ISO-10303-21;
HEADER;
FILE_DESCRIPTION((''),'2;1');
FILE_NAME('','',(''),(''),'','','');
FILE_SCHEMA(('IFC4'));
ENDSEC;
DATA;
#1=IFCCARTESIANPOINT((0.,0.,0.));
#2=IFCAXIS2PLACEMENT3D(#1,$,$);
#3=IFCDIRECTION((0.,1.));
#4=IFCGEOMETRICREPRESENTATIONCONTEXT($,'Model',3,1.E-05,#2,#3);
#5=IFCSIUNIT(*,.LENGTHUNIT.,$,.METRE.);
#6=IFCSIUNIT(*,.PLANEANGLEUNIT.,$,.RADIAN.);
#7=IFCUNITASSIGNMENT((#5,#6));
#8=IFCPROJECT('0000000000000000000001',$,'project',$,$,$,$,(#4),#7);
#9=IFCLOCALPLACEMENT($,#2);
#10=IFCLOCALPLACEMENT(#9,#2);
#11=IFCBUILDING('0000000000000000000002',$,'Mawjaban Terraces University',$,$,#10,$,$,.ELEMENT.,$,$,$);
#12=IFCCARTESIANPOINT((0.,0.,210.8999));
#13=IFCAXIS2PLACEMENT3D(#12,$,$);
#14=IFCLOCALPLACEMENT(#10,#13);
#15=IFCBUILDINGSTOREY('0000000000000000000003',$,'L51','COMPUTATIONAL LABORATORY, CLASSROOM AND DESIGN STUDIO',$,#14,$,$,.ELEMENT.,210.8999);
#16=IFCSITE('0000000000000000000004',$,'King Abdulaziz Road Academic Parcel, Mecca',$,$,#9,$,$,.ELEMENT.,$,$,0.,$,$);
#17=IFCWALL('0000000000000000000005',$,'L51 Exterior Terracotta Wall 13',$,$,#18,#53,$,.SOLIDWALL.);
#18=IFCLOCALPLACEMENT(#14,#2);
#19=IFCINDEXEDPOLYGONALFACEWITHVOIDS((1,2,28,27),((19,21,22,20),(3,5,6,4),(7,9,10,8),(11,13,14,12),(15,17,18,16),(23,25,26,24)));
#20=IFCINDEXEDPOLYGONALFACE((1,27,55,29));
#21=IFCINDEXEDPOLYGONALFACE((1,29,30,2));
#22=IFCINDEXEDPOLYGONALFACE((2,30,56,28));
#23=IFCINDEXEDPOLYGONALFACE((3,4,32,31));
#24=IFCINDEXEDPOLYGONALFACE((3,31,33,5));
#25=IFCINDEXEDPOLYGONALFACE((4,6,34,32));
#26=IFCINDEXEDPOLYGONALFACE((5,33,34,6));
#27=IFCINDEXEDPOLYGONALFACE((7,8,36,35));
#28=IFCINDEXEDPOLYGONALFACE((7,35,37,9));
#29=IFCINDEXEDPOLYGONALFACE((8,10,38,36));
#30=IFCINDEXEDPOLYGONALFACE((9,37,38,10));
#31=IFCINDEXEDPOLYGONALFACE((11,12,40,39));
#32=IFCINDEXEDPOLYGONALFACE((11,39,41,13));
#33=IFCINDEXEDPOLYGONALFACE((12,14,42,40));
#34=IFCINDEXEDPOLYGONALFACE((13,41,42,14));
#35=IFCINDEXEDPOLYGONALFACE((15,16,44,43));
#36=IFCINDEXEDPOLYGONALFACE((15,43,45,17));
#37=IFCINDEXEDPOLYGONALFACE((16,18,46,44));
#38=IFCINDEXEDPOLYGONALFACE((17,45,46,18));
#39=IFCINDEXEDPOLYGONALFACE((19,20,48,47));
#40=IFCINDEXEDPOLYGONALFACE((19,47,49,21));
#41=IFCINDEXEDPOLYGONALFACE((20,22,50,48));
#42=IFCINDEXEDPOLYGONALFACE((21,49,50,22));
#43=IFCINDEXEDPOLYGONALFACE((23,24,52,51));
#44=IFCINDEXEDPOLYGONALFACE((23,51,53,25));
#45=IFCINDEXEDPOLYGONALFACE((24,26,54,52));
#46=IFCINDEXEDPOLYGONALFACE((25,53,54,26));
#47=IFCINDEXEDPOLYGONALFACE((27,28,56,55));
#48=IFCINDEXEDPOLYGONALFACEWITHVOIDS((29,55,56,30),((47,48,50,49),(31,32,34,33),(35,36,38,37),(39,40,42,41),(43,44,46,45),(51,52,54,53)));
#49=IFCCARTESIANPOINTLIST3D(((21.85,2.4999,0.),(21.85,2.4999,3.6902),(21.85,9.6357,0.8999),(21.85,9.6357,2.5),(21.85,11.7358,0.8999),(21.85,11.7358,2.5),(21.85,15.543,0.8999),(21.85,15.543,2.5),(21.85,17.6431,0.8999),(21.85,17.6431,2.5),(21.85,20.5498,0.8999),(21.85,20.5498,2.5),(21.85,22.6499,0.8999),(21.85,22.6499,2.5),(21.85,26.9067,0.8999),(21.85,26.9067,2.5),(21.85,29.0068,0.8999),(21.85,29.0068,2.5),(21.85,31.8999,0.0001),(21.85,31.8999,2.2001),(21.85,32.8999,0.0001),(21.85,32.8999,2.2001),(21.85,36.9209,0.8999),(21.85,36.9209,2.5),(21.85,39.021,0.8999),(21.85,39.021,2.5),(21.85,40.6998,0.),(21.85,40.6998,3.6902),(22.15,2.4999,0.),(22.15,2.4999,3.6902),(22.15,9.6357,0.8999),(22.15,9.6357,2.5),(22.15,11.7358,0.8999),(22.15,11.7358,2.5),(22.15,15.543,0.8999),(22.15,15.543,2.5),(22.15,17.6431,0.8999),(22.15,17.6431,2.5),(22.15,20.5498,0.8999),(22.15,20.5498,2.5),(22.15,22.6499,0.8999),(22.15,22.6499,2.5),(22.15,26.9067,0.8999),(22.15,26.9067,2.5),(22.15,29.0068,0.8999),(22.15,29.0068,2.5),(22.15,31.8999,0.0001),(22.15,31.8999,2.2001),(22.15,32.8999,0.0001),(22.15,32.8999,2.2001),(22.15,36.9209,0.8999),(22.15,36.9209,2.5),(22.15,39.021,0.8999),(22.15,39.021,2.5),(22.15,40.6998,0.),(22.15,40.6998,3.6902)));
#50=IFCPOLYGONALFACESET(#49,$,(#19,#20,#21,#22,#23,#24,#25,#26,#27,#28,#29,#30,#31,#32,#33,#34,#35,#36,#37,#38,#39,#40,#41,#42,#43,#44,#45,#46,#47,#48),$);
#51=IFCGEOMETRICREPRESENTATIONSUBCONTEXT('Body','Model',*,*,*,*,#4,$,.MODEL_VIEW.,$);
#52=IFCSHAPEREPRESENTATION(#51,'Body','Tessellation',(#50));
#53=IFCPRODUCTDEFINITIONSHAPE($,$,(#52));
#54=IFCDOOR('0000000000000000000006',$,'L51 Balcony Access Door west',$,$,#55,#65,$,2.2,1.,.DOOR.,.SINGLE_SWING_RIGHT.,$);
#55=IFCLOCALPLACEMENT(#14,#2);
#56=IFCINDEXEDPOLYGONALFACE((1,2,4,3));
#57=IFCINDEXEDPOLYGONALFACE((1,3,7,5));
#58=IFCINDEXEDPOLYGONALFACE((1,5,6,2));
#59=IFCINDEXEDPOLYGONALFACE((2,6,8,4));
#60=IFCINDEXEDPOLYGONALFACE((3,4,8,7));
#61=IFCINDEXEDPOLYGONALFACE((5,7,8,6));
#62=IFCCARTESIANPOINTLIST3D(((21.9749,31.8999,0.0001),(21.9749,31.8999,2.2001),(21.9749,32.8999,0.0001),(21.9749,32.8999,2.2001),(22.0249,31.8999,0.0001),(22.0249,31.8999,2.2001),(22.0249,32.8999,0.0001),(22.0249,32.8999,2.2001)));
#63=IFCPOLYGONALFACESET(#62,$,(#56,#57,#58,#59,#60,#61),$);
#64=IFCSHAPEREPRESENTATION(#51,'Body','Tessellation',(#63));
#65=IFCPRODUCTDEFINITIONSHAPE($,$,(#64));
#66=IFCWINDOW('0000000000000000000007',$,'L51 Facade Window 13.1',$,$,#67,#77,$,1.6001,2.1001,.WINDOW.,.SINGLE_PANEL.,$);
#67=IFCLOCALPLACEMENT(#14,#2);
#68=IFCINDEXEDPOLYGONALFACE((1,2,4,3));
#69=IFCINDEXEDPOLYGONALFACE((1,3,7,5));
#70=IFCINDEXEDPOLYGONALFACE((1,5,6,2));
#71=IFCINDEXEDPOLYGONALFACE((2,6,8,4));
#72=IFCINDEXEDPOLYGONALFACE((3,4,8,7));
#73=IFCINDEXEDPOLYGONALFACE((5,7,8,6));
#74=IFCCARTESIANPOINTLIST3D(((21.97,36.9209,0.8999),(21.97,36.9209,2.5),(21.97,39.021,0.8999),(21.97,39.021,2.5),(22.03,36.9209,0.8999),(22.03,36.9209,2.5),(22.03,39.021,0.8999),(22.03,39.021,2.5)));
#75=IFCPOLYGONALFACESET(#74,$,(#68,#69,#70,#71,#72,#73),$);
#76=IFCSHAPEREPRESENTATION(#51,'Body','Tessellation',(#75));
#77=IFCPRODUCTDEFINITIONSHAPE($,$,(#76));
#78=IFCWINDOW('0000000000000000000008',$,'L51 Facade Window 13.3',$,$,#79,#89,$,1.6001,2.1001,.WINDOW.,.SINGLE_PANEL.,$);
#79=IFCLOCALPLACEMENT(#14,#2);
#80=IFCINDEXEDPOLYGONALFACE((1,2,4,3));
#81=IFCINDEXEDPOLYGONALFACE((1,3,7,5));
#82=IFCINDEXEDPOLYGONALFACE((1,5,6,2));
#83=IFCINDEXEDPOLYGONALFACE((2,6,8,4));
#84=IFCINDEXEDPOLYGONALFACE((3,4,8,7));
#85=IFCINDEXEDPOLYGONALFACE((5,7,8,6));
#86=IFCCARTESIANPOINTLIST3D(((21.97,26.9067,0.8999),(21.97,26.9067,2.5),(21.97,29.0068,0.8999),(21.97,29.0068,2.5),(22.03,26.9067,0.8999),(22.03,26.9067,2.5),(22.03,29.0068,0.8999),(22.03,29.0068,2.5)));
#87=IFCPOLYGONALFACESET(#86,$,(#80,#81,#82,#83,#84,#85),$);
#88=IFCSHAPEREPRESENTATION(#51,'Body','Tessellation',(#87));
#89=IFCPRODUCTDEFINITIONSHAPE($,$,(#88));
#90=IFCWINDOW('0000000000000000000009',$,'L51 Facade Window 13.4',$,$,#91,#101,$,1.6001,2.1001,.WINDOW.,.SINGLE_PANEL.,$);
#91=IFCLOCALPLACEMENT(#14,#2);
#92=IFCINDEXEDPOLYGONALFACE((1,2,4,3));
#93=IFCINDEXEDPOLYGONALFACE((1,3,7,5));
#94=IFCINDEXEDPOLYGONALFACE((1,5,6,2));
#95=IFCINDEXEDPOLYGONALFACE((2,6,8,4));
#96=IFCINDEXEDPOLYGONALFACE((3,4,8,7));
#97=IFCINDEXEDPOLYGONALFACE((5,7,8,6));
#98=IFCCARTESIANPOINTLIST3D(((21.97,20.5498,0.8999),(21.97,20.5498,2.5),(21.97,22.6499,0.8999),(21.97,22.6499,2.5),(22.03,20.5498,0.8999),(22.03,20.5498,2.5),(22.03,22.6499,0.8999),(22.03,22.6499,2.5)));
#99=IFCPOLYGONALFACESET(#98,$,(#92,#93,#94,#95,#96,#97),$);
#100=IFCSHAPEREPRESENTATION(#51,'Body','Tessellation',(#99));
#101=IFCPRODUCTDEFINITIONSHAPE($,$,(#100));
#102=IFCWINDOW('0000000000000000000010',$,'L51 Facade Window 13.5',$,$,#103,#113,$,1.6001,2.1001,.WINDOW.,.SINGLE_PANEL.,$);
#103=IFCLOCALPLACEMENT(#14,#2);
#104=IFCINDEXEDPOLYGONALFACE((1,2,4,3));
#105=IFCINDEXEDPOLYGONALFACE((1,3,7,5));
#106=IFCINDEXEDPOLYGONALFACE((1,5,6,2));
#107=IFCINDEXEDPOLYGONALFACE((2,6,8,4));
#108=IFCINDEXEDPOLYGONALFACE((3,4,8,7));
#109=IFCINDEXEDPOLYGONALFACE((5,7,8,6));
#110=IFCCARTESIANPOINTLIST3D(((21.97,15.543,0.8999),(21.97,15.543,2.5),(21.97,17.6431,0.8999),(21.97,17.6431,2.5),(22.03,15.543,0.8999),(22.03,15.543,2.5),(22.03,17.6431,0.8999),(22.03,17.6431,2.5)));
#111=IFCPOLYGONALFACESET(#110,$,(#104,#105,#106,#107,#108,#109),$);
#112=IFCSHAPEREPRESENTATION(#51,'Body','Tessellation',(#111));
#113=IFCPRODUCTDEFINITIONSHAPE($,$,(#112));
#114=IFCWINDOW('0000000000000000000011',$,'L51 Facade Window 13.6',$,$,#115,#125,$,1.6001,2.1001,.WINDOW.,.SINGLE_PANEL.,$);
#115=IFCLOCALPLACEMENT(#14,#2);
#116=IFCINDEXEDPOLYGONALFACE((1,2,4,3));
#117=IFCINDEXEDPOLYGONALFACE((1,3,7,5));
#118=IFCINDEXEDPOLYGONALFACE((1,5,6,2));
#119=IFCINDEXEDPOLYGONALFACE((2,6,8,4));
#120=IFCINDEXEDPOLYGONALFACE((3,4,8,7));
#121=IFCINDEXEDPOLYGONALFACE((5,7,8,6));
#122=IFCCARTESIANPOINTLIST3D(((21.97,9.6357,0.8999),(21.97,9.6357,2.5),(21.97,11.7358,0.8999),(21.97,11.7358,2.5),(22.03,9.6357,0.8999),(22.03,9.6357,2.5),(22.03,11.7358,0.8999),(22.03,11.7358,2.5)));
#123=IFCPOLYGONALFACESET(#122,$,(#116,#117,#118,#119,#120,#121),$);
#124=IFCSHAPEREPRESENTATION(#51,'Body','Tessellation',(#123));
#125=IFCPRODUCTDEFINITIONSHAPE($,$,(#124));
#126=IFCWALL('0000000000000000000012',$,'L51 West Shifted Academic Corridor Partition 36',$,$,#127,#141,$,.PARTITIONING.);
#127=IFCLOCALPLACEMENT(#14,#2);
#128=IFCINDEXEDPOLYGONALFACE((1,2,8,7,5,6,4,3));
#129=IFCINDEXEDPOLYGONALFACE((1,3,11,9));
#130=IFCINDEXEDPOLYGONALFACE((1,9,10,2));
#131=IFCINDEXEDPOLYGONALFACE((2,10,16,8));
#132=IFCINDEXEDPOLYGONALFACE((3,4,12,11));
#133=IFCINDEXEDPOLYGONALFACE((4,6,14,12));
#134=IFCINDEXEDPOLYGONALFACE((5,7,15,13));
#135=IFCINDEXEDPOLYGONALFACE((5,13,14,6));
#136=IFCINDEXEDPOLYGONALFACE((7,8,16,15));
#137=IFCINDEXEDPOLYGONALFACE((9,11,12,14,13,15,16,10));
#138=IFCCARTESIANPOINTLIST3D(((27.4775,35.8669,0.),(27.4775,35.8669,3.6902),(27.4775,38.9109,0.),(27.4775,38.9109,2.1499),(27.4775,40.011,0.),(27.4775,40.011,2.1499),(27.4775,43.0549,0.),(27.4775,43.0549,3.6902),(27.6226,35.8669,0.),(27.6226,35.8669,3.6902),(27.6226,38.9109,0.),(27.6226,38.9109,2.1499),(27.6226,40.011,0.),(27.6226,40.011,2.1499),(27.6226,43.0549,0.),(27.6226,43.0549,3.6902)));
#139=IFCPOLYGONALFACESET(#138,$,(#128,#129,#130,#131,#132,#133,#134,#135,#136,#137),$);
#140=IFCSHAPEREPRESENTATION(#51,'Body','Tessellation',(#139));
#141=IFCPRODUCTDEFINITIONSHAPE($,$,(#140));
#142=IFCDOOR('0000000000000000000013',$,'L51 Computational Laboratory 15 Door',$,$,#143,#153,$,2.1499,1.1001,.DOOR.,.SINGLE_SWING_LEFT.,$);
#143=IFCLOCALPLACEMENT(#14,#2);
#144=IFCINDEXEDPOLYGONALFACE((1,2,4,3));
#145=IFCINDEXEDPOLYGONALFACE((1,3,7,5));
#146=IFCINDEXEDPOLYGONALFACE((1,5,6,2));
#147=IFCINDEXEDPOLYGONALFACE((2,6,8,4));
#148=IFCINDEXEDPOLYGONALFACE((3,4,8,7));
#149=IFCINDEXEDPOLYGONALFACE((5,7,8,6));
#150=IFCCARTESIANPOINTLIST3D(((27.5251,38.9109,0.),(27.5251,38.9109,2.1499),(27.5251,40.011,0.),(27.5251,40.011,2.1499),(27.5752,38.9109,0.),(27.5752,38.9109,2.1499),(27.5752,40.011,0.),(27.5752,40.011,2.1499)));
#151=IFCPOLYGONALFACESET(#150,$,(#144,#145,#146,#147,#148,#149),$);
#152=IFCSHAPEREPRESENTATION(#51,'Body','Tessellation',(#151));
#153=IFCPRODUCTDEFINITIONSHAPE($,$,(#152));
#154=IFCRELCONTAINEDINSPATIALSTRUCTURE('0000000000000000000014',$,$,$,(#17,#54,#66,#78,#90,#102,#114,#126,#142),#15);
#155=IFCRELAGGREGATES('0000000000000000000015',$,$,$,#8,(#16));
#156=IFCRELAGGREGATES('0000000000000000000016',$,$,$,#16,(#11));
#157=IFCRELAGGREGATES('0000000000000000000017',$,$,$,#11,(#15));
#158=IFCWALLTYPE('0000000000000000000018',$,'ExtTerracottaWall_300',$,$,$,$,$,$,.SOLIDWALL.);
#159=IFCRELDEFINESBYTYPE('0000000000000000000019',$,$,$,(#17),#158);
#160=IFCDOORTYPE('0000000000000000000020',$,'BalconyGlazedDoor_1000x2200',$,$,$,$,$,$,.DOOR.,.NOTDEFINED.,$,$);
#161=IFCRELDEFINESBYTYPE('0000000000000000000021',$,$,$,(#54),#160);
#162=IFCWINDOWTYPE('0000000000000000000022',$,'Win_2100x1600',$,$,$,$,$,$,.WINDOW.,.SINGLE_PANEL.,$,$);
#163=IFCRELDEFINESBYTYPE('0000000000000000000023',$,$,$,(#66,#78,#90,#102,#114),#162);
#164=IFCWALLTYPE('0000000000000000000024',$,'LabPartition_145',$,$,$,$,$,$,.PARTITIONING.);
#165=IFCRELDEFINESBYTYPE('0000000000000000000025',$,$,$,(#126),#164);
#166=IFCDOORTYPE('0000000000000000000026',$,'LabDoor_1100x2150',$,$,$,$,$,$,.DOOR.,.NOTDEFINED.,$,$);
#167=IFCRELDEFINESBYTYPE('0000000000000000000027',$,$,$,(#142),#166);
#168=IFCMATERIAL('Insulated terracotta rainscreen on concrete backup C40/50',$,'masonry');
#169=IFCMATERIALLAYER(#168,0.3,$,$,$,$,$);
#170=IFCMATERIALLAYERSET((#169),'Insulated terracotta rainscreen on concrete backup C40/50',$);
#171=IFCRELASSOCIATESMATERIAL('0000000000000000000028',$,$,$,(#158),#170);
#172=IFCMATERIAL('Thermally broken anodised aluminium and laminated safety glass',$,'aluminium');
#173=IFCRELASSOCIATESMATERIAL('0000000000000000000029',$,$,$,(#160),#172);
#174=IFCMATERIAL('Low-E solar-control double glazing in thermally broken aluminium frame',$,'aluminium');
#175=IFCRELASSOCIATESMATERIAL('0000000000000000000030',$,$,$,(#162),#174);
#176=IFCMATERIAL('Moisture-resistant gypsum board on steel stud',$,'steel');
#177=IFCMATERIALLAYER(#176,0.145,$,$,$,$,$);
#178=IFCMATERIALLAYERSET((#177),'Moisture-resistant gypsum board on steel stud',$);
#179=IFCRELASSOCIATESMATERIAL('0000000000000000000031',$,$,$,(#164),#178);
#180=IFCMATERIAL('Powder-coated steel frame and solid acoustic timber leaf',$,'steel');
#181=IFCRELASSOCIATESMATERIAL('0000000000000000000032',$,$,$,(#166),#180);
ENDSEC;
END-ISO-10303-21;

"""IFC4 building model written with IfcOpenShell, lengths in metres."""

from ifc_helpers import new_model, si_unit, direction, frame, frame_2d, origin, place, context, subcontext, project, spatial, rectangle, extrude, material, layer, layer_set, type_object, element, fill, save


model = new_model("IFC4")

# Units and contexts
model_context = context("Model", 3, precision=1e-05, world=origin(), true_north=direction((0.0, 1.0)))
body_context = subcontext(model_context, "Body", "Model", "MODEL_VIEW")
ifc_project = project(units=[si_unit("LENGTHUNIT", "METRE"), si_unit("PLANEANGLEUNIT", "RADIAN")], contexts=[model_context])

# Site, building, storey
site_placement = place(None, origin())
site = spatial("IfcSite", under=ifc_project, at=site_placement, Name="King Abdulaziz Road Academic Parcel, Mecca", CompositionType="ELEMENT", RefElevation=0.0)
building_placement = place(site_placement, origin())
building = spatial("IfcBuilding", under=site, at=building_placement, Name="Mawjaban Terraces University", CompositionType="ELEMENT")
storey_placement = place(building_placement, frame((0.0, 0.0, 210.8999)))
storey = spatial("IfcBuildingStorey", under=building, at=storey_placement, Name="L51", Description="COMPUTATIONAL LABORATORY, CLASSROOM AND DESIGN STUDIO", CompositionType="ELEMENT", Elevation=210.8999)

# Shared definitions
ifc_material_1 = material(Name="Powder-coated steel frame and solid acoustic timber leaf", Category="steel")

# Shared definitions
ifc_material_2 = material(Name="Insulated terracotta rainscreen on concrete backup C40/50", Category="masonry")
ifc_layer_1 = layer(ifc_material_2, 0.3)
ifc_layer_set_1 = layer_set([ifc_layer_1], Name="Insulated terracotta rainscreen on concrete backup C40/50")
wall_type_1 = type_object("IfcWallType", Name="ExtTerracottaWall_300", PredefinedType="SOLIDWALL", material=ifc_layer_set_1)
ifc_material_3 = material(Name="Low-E solar-control double glazing in thermally broken aluminium frame", Category="aluminium")

# Wall, openings, door, windows
wall_1_placement = place(storey_placement, frame((22.0, 40.7, 0.0), z_axis=(0.0, 0.0, 1.0), x_axis=(0.0, -1.0, 0.0)))
wall_1 = element("IfcWall", 1, at=wall_1_placement, inside=storey, type_object=wall_type_1, Name="L51 Exterior Terracotta Wall 13", PredefinedType="SOLIDWALL", context=body_context, shape_type="SweptSolid", body=[
    extrude(rectangle(XDim=38.2, YDim=0.3, at=frame_2d((19.1001, 0.0))), origin(), (0.0, 0.0, 1.0), 3.6902),
])
opening_1_placement = place(wall_1_placement, frame((7.8, 0.0, 0.0)))
opening_1 = element("IfcOpeningElement", 2, at=opening_1_placement, cuts=wall_1, PredefinedType="OPENING", context=body_context, shape_type="SweptSolid", body=[
    extrude(rectangle(XDim=1.0, YDim=2.2, at=frame_2d((0.5, 1.1001))), frame((0.0, 0.1599, 0.0), z_axis=(0.0, -1.0, 0.0), x_axis=(1.0, 0.0, 0.0)), (0.0, 0.0, 1.0), 0.3201),
])
opening_2_placement = place(wall_1_placement, frame((1.679, 0.0, 0.8999)))
opening_2 = element("IfcOpeningElement", 3, at=opening_2_placement, cuts=wall_1, PredefinedType="OPENING", context=body_context, shape_type="SweptSolid", body=[
    extrude(rectangle(XDim=2.1001, YDim=1.6001, at=frame_2d((1.05, 0.8))), frame((0.0, 0.1599, 0.0), z_axis=(0.0, -1.0, 0.0), x_axis=(1.0, 0.0, 0.0)), (0.0, 0.0, 1.0), 0.3201),
])
opening_3_placement = place(wall_1_placement, frame((11.6931, 0.0, 0.8999)))
opening_3 = element("IfcOpeningElement", 4, at=opening_3_placement, cuts=wall_1, PredefinedType="OPENING", context=body_context, shape_type="SweptSolid", body=[
    extrude(rectangle(XDim=2.1001, YDim=1.6001, at=frame_2d((1.05, 0.8))), frame((0.0, 0.1599, 0.0), z_axis=(0.0, -1.0, 0.0), x_axis=(1.0, 0.0, 0.0)), (0.0, 0.0, 1.0), 0.3201),
])
opening_4_placement = place(wall_1_placement, frame((18.05, 0.0, 0.8999)))
opening_4 = element("IfcOpeningElement", 5, at=opening_4_placement, cuts=wall_1, PredefinedType="OPENING", context=body_context, shape_type="SweptSolid", body=[
    extrude(rectangle(XDim=2.1001, YDim=1.6001, at=frame_2d((1.05, 0.8))), frame((0.0, 0.1599, 0.0), z_axis=(0.0, -1.0, 0.0), x_axis=(1.0, 0.0, 0.0)), (0.0, 0.0, 1.0), 0.3201),
])
opening_5_placement = place(wall_1_placement, frame((23.0569, 0.0, 0.8999)))
opening_5 = element("IfcOpeningElement", 6, at=opening_5_placement, cuts=wall_1, PredefinedType="OPENING", context=body_context, shape_type="SweptSolid", body=[
    extrude(rectangle(XDim=2.1001, YDim=1.6001, at=frame_2d((1.05, 0.8))), frame((0.0, 0.1599, 0.0), z_axis=(0.0, -1.0, 0.0), x_axis=(1.0, 0.0, 0.0)), (0.0, 0.0, 1.0), 0.3201),
])
opening_6_placement = place(wall_1_placement, frame((28.9641, 0.0, 0.8999)))
opening_6 = element("IfcOpeningElement", 7, at=opening_6_placement, cuts=wall_1, PredefinedType="OPENING", context=body_context, shape_type="SweptSolid", body=[
    extrude(rectangle(XDim=2.1001, YDim=1.6001, at=frame_2d((1.05, 0.8))), frame((0.0, 0.1599, 0.0), z_axis=(0.0, -1.0, 0.0), x_axis=(1.0, 0.0, 0.0)), (0.0, 0.0, 1.0), 0.3201),
])
ifc_material_4 = material(Name="Thermally broken anodised aluminium and laminated safety glass", Category="aluminium")
door_type_1 = type_object("IfcDoorType", Name="BalconyGlazedDoor_1000x2200", OperationType="NOTDEFINED", PredefinedType="DOOR", material=ifc_material_4)
door_1_placement = place(opening_1_placement, origin())
door_1 = element("IfcDoor", 8, at=door_1_placement, inside=storey, type_object=door_type_1, Name="L51 Balcony Access Door west", OperationType="SINGLE_SWING_RIGHT", OverallHeight=2.2, OverallWidth=1.0, PredefinedType="DOOR", context=body_context, shape_type="SweptSolid", body=[
    extrude(rectangle(XDim=1.0, YDim=2.2, at=frame_2d((0.5, 1.1001))), frame((0.0, 0.0249, 0.0), z_axis=(0.0, -1.0, 0.0), x_axis=(1.0, 0.0, 0.0)), (0.0, 0.0, 1.0), 0.05),
])
fill(opening_1, door_1)
window_type_1 = type_object("IfcWindowType", Name="Win_2100x1600", PartitioningType="SINGLE_PANEL", PredefinedType="WINDOW", material=ifc_material_3)
window_1_placement = place(opening_2_placement, origin())
window_1 = element("IfcWindow", 9, at=window_1_placement, inside=storey, type_object=window_type_1, Name="L51 Facade Window 13.1", OverallHeight=1.6001, OverallWidth=2.1001, PartitioningType="SINGLE_PANEL", PredefinedType="WINDOW", context=body_context, shape_type="SweptSolid", body=[
    extrude(rectangle(XDim=2.1001, YDim=1.6001, at=frame_2d((1.05, 0.8))), frame((0.0, 0.03, 0.0), z_axis=(0.0, -1.0, 0.0), x_axis=(1.0, 0.0, 0.0)), (0.0, 0.0, 1.0), 0.0601),
])
fill(opening_2, window_1)
window_2_placement = place(opening_3_placement, origin())
window_2 = element("IfcWindow", 10, at=window_2_placement, inside=storey, type_object=window_type_1, Name="L51 Facade Window 13.3", OverallHeight=1.6001, OverallWidth=2.1001, PartitioningType="SINGLE_PANEL", PredefinedType="WINDOW", context=body_context, shape_type="SweptSolid", body=[
    extrude(rectangle(XDim=2.1001, YDim=1.6001, at=frame_2d((1.05, 0.8))), frame((0.0, 0.03, 0.0), z_axis=(0.0, -1.0, 0.0), x_axis=(1.0, 0.0, 0.0)), (0.0, 0.0, 1.0), 0.0601),
])
fill(opening_3, window_2)
window_3_placement = place(opening_4_placement, origin())
window_3 = element("IfcWindow", 11, at=window_3_placement, inside=storey, type_object=window_type_1, Name="L51 Facade Window 13.4", OverallHeight=1.6001, OverallWidth=2.1001, PartitioningType="SINGLE_PANEL", PredefinedType="WINDOW", context=body_context, shape_type="SweptSolid", body=[
    extrude(rectangle(XDim=2.1001, YDim=1.6001, at=frame_2d((1.05, 0.8))), frame((0.0, 0.03, 0.0), z_axis=(0.0, -1.0, 0.0), x_axis=(1.0, 0.0, 0.0)), (0.0, 0.0, 1.0), 0.0601),
])
fill(opening_4, window_3)
window_4_placement = place(opening_5_placement, origin())
window_4 = element("IfcWindow", 12, at=window_4_placement, inside=storey, type_object=window_type_1, Name="L51 Facade Window 13.5", OverallHeight=1.6001, OverallWidth=2.1001, PartitioningType="SINGLE_PANEL", PredefinedType="WINDOW", context=body_context, shape_type="SweptSolid", body=[
    extrude(rectangle(XDim=2.1001, YDim=1.6001, at=frame_2d((1.05, 0.8))), frame((0.0, 0.03, 0.0), z_axis=(0.0, -1.0, 0.0), x_axis=(1.0, 0.0, 0.0)), (0.0, 0.0, 1.0), 0.0601),
])
fill(opening_5, window_4)
window_5_placement = place(opening_6_placement, origin())
window_5 = element("IfcWindow", 13, at=window_5_placement, inside=storey, type_object=window_type_1, Name="L51 Facade Window 13.6", OverallHeight=1.6001, OverallWidth=2.1001, PartitioningType="SINGLE_PANEL", PredefinedType="WINDOW", context=body_context, shape_type="SweptSolid", body=[
    extrude(rectangle(XDim=2.1001, YDim=1.6001, at=frame_2d((1.05, 0.8))), frame((0.0, 0.03, 0.0), z_axis=(0.0, -1.0, 0.0), x_axis=(1.0, 0.0, 0.0)), (0.0, 0.0, 1.0), 0.0601),
])
fill(opening_6, window_5)

# Wall, opening, door
ifc_material_5 = material(Name="Moisture-resistant gypsum board on steel stud", Category="steel")
ifc_layer_2 = layer(ifc_material_5, 0.145)
ifc_layer_set_2 = layer_set([ifc_layer_2], Name="Moisture-resistant gypsum board on steel stud")
wall_type_2 = type_object("IfcWallType", Name="LabPartition_145", PredefinedType="PARTITIONING", material=ifc_layer_set_2)
wall_2_placement = place(storey_placement, frame((27.55, 35.8669, 0.0), z_axis=(0.0, 0.0, 1.0), x_axis=(0.0, 1.0, 0.0)))
wall_2 = element("IfcWall", 14, at=wall_2_placement, inside=storey, type_object=wall_type_2, Name="L51 West Shifted Academic Corridor Partition 36", PredefinedType="PARTITIONING", context=body_context, shape_type="SweptSolid", body=[
    extrude(rectangle(XDim=7.188, YDim=0.145, at=frame_2d((3.594, 0.0))), origin(), (0.0, 0.0, 1.0), 3.6902),
])
opening_7_placement = place(wall_2_placement, frame((3.0439, 0.0, 0.0)))
opening_7 = element("IfcOpeningElement", 15, at=opening_7_placement, cuts=wall_2, PredefinedType="OPENING", context=body_context, shape_type="SweptSolid", body=[
    extrude(rectangle(XDim=1.1001, YDim=2.1499, at=frame_2d((0.55, 1.075))), frame((0.0, 0.0825, 0.0), z_axis=(0.0, -1.0, 0.0), x_axis=(1.0, 0.0, 0.0)), (0.0, 0.0, 1.0), 0.165),
])
door_type_2 = type_object("IfcDoorType", Name="LabDoor_1100x2150", OperationType="NOTDEFINED", PredefinedType="DOOR", material=ifc_material_1)
door_2_placement = place(opening_7_placement, origin())
door_2 = element("IfcDoor", 16, at=door_2_placement, inside=storey, type_object=door_type_2, Name="L51 Computational Laboratory 15 Door", OperationType="SINGLE_SWING_LEFT", OverallHeight=2.1499, OverallWidth=1.1001, PredefinedType="DOOR", context=body_context, shape_type="SweptSolid", body=[
    extrude(rectangle(XDim=1.1001, YDim=2.1499, at=frame_2d((0.55, 1.075))), frame((0.0, 0.0249, 0.0), z_axis=(0.0, -1.0, 0.0), x_axis=(1.0, 0.0, 0.0)), (0.0, 0.0, 1.0), 0.05),
])
fill(opening_7, door_2)

save(model, "model.ifc")
